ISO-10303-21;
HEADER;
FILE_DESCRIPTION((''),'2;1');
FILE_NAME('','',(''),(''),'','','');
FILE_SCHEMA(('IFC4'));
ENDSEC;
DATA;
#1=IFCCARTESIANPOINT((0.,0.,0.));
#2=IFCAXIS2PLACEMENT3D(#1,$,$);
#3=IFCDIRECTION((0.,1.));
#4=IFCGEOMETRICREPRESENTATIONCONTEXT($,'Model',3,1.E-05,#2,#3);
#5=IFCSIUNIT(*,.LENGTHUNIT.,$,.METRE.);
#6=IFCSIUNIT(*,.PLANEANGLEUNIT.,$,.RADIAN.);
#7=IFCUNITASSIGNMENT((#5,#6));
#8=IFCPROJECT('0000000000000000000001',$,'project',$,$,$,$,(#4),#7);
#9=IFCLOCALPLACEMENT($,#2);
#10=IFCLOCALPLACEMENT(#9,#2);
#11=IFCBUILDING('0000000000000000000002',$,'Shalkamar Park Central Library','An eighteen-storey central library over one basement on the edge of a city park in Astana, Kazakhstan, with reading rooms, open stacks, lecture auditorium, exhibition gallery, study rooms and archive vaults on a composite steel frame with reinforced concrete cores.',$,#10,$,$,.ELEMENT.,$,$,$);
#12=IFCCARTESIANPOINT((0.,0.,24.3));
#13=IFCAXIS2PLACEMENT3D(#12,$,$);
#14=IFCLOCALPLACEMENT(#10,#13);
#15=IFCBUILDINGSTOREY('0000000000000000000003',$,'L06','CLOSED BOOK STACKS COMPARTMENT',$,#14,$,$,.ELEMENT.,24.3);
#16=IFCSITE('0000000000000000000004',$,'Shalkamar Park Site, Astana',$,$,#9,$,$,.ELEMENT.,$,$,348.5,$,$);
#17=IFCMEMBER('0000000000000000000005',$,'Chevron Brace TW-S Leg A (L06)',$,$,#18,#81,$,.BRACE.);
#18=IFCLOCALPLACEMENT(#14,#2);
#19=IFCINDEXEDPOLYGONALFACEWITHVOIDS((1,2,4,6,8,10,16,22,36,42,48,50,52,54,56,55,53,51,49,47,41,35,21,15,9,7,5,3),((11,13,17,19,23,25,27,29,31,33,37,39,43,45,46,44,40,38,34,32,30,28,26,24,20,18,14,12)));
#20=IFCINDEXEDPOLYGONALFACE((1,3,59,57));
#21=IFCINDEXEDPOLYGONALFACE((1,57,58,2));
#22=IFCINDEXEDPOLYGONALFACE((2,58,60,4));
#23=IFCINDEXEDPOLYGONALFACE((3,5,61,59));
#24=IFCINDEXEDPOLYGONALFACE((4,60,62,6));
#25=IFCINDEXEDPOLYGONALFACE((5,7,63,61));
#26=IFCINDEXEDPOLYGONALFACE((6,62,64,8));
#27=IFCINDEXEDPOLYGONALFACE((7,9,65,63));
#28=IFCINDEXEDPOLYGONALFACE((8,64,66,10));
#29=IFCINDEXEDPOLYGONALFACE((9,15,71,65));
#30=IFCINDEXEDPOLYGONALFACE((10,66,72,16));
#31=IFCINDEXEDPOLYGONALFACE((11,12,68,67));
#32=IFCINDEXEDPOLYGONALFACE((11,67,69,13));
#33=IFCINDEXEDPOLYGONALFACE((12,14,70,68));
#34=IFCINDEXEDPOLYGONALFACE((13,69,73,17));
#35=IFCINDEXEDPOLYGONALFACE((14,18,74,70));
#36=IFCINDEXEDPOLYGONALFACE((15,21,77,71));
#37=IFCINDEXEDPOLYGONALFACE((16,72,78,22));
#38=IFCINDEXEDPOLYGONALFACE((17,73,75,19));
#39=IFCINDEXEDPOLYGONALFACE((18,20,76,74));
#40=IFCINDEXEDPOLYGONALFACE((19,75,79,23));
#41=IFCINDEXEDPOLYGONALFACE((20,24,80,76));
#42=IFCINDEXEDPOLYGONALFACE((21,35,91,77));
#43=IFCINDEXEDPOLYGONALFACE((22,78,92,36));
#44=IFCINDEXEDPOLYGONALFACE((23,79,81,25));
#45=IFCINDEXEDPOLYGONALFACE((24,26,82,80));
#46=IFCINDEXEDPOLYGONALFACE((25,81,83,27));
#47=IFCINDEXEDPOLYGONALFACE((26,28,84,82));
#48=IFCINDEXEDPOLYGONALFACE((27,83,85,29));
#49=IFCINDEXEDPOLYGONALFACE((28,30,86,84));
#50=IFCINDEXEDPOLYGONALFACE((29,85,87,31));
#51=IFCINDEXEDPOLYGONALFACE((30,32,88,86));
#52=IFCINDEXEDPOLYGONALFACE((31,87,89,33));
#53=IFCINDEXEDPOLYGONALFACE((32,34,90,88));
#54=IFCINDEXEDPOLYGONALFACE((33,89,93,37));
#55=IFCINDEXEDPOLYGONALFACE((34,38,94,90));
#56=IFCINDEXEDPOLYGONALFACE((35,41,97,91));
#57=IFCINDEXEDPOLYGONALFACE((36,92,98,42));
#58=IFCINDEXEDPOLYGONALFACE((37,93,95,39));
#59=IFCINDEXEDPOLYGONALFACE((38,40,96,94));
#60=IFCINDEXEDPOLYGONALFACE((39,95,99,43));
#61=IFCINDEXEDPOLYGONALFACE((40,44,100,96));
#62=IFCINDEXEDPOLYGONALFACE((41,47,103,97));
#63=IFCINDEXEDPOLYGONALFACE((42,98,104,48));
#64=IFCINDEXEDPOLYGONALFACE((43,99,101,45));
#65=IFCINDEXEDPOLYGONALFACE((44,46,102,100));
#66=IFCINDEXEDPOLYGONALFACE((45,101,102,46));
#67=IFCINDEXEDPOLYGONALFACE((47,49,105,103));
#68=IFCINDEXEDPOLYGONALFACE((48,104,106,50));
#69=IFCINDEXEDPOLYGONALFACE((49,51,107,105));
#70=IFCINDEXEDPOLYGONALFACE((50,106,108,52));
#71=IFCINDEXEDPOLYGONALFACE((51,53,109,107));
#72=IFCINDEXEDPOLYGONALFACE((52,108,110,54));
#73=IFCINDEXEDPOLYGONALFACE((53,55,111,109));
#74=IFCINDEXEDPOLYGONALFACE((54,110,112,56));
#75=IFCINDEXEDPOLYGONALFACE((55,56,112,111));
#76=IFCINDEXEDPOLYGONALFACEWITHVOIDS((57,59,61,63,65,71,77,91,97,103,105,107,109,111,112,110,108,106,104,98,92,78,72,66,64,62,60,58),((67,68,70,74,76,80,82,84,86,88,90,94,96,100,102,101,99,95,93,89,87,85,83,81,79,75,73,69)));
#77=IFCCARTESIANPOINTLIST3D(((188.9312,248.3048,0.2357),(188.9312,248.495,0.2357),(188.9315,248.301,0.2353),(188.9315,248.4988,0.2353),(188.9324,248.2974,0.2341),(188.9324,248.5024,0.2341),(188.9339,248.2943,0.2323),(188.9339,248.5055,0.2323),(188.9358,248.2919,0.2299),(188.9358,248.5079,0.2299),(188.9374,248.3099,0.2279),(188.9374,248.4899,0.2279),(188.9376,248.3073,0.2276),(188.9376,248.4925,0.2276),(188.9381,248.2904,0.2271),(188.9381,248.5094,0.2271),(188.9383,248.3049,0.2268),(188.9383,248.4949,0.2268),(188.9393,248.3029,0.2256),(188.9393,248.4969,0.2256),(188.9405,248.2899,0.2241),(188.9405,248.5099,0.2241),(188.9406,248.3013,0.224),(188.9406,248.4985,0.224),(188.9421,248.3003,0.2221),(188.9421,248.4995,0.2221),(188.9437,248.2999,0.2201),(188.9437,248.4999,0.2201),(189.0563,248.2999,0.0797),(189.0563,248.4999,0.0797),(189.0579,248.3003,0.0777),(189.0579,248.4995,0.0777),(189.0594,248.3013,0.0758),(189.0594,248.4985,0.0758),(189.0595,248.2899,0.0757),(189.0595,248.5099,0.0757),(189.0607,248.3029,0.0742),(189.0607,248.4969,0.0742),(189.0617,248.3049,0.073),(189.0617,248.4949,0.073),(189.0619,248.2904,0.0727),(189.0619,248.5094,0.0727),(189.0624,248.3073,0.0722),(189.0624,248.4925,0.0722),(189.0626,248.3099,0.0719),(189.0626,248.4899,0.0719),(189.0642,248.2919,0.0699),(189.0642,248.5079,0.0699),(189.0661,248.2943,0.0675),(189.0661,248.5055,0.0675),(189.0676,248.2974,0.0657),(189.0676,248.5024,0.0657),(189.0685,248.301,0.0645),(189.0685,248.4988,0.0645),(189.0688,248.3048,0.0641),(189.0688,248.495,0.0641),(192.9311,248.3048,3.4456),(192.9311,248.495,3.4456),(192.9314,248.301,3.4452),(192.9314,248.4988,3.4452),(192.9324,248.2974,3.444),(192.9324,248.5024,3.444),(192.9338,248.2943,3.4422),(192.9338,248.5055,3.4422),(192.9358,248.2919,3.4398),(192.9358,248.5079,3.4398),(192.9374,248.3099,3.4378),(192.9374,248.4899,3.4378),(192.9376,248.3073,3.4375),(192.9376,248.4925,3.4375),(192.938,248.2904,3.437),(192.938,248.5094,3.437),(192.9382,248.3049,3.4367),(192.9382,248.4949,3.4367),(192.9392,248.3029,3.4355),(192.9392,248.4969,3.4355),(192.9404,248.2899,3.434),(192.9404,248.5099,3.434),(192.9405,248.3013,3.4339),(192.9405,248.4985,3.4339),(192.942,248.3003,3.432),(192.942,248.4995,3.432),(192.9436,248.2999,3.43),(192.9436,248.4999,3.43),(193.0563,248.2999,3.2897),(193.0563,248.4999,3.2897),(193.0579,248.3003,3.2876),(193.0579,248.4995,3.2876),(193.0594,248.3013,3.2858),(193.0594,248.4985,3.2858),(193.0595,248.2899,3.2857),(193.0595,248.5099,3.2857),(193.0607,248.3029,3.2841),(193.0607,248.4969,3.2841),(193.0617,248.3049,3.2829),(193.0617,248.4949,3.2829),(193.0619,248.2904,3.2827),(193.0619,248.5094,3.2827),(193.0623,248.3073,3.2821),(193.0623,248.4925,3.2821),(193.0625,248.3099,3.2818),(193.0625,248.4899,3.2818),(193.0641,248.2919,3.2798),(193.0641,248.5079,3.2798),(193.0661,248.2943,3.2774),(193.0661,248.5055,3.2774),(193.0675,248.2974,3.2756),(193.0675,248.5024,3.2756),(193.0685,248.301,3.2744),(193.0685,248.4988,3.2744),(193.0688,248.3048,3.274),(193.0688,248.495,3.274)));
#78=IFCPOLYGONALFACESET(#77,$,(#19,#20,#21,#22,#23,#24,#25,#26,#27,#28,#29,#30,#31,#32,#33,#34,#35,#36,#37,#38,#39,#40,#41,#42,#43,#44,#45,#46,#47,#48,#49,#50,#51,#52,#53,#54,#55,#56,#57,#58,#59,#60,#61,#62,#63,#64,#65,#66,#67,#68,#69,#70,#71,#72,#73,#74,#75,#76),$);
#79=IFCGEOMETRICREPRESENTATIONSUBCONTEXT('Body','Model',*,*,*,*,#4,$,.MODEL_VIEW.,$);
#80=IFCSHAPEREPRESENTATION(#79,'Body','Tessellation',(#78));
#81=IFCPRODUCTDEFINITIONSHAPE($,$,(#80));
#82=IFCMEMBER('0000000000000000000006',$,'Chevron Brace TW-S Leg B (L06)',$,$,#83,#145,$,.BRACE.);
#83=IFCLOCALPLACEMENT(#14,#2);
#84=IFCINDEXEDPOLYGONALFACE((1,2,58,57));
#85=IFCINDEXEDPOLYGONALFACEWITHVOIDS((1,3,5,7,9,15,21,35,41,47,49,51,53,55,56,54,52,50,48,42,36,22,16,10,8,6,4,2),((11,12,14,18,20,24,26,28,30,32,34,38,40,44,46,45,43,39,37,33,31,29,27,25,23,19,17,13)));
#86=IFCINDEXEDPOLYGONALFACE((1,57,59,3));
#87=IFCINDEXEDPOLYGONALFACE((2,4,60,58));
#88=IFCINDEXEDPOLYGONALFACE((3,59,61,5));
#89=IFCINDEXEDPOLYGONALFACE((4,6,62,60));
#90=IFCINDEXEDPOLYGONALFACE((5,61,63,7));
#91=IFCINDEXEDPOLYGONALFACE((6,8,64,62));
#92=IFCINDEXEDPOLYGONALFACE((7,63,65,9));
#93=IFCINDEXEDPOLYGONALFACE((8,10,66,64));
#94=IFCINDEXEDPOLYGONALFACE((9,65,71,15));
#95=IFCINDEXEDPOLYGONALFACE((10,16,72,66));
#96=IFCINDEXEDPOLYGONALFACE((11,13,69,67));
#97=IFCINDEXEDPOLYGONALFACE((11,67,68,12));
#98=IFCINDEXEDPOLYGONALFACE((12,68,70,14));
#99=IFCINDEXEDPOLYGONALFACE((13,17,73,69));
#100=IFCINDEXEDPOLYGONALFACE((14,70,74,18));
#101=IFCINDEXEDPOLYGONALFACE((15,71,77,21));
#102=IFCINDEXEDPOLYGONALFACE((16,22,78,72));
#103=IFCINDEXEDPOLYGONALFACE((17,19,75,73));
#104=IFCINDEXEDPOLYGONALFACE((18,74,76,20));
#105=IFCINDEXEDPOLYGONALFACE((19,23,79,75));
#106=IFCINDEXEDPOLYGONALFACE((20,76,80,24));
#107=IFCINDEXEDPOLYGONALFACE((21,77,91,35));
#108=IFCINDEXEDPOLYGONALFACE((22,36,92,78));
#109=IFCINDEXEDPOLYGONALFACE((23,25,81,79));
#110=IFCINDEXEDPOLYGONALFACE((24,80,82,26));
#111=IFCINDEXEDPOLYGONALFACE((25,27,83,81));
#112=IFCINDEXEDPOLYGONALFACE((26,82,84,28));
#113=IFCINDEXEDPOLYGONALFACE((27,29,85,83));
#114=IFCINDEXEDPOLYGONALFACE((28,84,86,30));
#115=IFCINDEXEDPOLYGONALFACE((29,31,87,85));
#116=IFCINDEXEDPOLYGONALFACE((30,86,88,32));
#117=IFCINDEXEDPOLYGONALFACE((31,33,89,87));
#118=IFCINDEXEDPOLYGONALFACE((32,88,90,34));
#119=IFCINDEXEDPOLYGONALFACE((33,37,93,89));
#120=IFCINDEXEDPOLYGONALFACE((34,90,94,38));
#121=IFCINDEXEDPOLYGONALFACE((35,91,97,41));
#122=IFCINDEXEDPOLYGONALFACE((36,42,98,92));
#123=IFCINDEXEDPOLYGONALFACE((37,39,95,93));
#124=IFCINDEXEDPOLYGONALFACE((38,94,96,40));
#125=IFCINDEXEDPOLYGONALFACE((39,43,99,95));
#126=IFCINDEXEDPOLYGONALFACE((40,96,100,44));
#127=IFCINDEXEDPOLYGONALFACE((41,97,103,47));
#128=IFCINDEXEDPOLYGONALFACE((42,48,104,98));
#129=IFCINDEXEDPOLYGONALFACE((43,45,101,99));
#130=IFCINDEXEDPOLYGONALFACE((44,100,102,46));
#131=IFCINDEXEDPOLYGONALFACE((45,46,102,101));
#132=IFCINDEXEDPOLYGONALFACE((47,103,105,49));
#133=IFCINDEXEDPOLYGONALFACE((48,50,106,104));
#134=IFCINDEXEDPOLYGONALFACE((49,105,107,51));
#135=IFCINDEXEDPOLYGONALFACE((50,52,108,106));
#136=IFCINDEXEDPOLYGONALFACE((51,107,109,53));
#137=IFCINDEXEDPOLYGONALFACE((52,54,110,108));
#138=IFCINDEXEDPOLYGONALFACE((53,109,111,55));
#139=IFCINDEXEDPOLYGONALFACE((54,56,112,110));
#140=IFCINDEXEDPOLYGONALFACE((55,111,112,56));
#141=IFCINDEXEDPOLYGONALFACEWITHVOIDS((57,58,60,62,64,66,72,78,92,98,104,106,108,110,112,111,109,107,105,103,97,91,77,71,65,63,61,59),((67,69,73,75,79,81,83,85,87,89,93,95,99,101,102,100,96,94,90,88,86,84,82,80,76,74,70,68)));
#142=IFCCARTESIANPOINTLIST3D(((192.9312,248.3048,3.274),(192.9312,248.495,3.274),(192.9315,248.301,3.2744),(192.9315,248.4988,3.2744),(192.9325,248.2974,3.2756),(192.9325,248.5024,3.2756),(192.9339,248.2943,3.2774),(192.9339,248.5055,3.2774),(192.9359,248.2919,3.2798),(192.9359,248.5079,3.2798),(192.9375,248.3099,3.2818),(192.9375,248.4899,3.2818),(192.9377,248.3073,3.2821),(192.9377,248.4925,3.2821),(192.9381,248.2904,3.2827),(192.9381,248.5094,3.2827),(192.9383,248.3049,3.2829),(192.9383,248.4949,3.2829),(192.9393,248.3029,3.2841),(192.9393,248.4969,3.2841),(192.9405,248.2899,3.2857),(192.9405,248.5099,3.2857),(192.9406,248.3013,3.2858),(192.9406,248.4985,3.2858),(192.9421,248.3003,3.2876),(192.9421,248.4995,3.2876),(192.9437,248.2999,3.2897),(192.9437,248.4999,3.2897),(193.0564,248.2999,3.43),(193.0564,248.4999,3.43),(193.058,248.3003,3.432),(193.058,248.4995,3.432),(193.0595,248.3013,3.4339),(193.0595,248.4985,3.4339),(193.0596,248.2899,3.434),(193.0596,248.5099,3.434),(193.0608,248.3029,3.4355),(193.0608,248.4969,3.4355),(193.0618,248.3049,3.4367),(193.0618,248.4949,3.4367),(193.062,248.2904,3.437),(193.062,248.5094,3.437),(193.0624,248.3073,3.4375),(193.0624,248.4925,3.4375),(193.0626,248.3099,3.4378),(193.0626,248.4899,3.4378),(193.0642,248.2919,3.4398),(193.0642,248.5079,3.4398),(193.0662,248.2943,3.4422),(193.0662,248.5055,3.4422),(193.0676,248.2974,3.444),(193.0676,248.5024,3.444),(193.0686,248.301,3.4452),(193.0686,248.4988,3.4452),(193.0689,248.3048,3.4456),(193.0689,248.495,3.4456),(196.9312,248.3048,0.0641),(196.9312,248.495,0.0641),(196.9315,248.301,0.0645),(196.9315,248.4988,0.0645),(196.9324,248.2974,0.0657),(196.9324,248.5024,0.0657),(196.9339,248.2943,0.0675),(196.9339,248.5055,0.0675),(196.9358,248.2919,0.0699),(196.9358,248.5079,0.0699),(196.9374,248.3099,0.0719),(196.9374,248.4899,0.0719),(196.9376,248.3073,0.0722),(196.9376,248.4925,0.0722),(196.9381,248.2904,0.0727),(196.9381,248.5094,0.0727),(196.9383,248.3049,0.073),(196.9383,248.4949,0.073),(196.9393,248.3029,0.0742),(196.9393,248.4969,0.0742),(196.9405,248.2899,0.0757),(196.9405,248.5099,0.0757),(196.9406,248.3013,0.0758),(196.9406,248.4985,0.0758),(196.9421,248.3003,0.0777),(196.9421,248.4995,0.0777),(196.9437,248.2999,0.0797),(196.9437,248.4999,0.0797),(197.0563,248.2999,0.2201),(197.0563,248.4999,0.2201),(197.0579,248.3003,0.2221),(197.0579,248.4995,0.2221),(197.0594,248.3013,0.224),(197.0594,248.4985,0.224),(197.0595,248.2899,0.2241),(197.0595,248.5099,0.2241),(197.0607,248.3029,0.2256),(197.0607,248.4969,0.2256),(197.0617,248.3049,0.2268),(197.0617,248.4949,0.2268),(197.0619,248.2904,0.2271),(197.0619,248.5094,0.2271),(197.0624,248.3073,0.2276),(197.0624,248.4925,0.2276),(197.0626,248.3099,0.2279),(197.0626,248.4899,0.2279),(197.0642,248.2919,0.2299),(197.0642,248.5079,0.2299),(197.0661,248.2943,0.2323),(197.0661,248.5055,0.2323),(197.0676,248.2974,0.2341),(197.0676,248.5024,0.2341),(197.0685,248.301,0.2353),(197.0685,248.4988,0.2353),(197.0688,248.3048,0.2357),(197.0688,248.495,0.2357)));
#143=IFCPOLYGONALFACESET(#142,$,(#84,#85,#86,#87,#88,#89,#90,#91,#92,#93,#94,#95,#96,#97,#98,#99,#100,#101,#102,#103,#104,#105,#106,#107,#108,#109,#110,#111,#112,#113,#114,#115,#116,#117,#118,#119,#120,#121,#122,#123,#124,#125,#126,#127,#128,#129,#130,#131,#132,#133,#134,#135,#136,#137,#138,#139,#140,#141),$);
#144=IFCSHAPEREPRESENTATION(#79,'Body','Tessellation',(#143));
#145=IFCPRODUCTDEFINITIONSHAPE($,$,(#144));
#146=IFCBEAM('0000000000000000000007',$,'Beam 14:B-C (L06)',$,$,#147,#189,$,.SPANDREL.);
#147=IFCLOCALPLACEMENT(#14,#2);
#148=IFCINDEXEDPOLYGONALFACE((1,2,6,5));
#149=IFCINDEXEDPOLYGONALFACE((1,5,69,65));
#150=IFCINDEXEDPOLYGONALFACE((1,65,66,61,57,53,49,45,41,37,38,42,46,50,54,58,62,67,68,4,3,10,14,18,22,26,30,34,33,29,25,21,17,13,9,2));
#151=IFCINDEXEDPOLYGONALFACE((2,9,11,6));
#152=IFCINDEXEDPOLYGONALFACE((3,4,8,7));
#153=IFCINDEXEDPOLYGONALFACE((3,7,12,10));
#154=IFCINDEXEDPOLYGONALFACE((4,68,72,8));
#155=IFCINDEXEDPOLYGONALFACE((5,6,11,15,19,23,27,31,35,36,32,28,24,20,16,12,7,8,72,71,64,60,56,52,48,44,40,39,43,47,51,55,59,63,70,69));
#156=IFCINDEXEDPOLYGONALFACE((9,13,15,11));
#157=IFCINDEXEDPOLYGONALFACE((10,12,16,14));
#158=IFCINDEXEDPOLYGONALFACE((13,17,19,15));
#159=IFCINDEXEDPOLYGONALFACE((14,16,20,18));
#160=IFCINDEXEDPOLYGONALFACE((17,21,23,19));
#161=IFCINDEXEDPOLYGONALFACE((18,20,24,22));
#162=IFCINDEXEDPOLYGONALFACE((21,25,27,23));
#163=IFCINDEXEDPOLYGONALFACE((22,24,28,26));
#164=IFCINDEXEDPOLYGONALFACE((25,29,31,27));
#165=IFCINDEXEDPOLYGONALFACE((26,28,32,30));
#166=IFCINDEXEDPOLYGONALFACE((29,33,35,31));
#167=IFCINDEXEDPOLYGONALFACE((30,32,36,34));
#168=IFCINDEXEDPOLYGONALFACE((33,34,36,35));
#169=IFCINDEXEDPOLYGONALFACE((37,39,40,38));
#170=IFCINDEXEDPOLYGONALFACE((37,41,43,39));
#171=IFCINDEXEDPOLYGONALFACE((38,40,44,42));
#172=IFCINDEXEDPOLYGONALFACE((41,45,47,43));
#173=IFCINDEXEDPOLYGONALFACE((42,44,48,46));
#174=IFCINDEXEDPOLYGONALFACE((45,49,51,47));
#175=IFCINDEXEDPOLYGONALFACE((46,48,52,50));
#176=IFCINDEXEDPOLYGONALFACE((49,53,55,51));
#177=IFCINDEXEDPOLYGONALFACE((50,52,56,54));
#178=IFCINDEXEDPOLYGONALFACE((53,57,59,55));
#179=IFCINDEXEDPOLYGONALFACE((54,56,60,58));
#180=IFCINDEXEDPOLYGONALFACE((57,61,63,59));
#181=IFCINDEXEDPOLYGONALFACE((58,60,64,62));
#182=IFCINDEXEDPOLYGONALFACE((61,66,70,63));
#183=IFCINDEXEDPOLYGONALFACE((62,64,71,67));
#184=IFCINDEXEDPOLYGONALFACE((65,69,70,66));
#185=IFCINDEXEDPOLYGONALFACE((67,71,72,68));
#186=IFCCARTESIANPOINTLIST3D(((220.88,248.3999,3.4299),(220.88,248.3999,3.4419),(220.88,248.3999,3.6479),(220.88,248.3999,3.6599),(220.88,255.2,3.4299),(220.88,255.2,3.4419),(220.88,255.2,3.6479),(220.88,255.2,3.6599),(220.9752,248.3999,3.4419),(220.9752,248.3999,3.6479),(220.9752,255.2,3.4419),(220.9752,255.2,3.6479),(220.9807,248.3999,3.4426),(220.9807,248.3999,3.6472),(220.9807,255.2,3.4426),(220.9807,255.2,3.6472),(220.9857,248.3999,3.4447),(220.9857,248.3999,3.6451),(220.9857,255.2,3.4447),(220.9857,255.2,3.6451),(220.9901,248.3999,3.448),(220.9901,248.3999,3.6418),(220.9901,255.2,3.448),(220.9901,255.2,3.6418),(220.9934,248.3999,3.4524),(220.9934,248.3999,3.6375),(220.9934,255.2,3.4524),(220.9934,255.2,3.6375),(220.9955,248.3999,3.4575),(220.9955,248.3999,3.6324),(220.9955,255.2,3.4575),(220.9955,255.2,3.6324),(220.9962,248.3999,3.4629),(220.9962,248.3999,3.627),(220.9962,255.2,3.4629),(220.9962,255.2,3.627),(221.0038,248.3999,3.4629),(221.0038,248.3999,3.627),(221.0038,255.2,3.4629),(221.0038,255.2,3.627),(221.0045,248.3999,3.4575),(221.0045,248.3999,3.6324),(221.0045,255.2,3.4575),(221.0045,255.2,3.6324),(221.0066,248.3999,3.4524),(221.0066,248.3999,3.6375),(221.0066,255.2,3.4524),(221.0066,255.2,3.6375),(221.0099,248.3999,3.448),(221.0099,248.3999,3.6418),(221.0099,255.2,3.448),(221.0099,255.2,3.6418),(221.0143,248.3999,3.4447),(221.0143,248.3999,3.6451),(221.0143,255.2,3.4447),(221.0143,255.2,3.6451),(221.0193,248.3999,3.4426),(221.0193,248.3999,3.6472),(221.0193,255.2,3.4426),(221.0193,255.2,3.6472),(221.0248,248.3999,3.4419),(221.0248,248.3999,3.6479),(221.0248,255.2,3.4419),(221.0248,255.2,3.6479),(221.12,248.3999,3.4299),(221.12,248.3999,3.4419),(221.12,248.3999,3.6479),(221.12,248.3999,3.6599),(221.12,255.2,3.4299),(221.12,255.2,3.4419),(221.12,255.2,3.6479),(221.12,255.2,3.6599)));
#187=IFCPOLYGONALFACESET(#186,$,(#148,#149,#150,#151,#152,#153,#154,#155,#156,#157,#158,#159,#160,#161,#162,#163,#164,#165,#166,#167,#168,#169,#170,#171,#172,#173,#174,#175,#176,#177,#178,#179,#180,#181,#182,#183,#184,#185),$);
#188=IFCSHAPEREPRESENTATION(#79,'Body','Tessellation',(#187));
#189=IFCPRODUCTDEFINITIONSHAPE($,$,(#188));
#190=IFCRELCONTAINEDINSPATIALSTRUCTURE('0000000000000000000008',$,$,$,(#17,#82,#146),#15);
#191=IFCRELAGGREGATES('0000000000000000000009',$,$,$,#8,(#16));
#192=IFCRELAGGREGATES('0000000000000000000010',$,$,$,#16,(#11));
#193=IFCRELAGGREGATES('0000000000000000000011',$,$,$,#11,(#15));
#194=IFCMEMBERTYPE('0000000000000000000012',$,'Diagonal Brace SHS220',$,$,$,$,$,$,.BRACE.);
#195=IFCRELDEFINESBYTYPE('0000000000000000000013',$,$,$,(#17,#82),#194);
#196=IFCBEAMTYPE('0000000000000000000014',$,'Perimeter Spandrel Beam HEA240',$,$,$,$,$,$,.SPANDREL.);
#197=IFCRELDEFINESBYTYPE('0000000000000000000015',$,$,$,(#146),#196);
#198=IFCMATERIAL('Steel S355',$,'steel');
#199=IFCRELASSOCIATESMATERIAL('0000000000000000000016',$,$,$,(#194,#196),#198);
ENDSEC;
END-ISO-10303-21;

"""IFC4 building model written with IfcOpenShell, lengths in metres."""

from ifc_helpers import new_model, si_unit, direction, frame, origin, origin_2d, place, context, subcontext, project, spatial, hollow_rectangle, i_section, extrude, material, material_profile, profile_set, type_object, element, save


model = new_model("IFC4")

# Units and contexts
model_context = context("Model", 3, precision=1e-05, world=origin(), true_north=direction((0.0, 1.0)))
body_context = subcontext(model_context, "Body", "Model", "MODEL_VIEW")
ifc_project = project(units=[si_unit("LENGTHUNIT", "METRE"), si_unit("PLANEANGLEUNIT", "RADIAN")], contexts=[model_context])

# Site, building, storey
site_placement = place(None, origin())
site = spatial("IfcSite", under=ifc_project, at=site_placement, Name="Shalkamar Park Site, Astana", CompositionType="ELEMENT", RefElevation=348.5)
building_placement = place(site_placement, origin())
building = spatial("IfcBuilding", under=site, at=building_placement, Name="Shalkamar Park Central Library", Description="An eighteen-storey central library over one basement on the edge of a city park in Astana, Kazakhstan, with reading rooms, open stacks, lecture auditorium, exhibition gallery, study rooms and archive vaults on a composite steel frame with reinforced concrete cores.", CompositionType="ELEMENT")
storey_placement = place(building_placement, frame((0.0, 0.0, 24.3)))
storey = spatial("IfcBuildingStorey", under=building, at=storey_placement, Name="L06", Description="CLOSED BOOK STACKS COMPARTMENT", CompositionType="ELEMENT", Elevation=24.3)

# Shared definitions
ifc_material_1 = material(Name="Steel S355", Category="steel")

# Members
ifc_material_profile_1 = material_profile(ifc_material_1, hollow_rectangle(XDim=0.22, YDim=0.22, WallThickness=0.01, InnerFilletRadius=0.01, OuterFilletRadius=0.0149, at=origin_2d()), Name="SHS 220x220x10")
ifc_profile_set_1 = profile_set([ifc_material_profile_1], Name="Steel S355")
member_type = type_object("IfcMemberType", Name="Diagonal Brace SHS220", PredefinedType="BRACE", material=ifc_profile_set_1)
for number, where, z_axis, x_axis, name in (
    (1, (189.0, 248.3999, 0.1499), (0.779921, 0.0, 0.625879), (0.0, 1.0, 0.0), "Chevron Brace TW-S Leg A (L06)"),
    (2, (197.0, 248.3999, 0.1499), (-0.779921, 0.0, 0.625879), (0.0, -1.0, 0.0), "Chevron Brace TW-S Leg B (L06)"),
):
    element("IfcMember", number, at=place(storey_placement, frame(where, z_axis=z_axis, x_axis=x_axis)), inside=storey, type_object=member_type, Name=name, PredefinedType="BRACE", context=body_context, shape_type="SweptSolid", body=[
        extrude(hollow_rectangle(XDim=0.22, YDim=0.22, WallThickness=0.01, InnerFilletRadius=0.01, OuterFilletRadius=0.0149, at=origin_2d()), origin(), (0.0, 0.0, 1.0), 5.1287),
    ])

# Beam
ifc_material_profile_2 = material_profile(ifc_material_1, i_section(OverallWidth=0.24, OverallDepth=0.23, WebThickness=0.0076, FlangeThickness=0.012, FilletRadius=0.021, at=origin_2d()), Name="HEA 240")
ifc_profile_set_2 = profile_set([ifc_material_profile_2], Name="Steel S355")
beam_type_1 = type_object("IfcBeamType", Name="Perimeter Spandrel Beam HEA240", PredefinedType="SPANDREL", material=ifc_profile_set_2)
beam_placement = place(storey_placement, frame((221.0, 248.3999, 3.5449), z_axis=(0.0, 1.0, 0.0), x_axis=(-1.0, 0.0, 0.0)))
element("IfcBeam", 3, at=beam_placement, inside=storey, type_object=beam_type_1, Name="Beam 14:B-C (L06)", PredefinedType="SPANDREL", context=body_context, shape_type="SweptSolid", body=[
    extrude(i_section(OverallWidth=0.24, OverallDepth=0.23, WebThickness=0.0076, FlangeThickness=0.012, FilletRadius=0.021, at=origin_2d()), origin(), (0.0, 0.0, 1.0), 6.8),
])

save(model, "model.ifc")
